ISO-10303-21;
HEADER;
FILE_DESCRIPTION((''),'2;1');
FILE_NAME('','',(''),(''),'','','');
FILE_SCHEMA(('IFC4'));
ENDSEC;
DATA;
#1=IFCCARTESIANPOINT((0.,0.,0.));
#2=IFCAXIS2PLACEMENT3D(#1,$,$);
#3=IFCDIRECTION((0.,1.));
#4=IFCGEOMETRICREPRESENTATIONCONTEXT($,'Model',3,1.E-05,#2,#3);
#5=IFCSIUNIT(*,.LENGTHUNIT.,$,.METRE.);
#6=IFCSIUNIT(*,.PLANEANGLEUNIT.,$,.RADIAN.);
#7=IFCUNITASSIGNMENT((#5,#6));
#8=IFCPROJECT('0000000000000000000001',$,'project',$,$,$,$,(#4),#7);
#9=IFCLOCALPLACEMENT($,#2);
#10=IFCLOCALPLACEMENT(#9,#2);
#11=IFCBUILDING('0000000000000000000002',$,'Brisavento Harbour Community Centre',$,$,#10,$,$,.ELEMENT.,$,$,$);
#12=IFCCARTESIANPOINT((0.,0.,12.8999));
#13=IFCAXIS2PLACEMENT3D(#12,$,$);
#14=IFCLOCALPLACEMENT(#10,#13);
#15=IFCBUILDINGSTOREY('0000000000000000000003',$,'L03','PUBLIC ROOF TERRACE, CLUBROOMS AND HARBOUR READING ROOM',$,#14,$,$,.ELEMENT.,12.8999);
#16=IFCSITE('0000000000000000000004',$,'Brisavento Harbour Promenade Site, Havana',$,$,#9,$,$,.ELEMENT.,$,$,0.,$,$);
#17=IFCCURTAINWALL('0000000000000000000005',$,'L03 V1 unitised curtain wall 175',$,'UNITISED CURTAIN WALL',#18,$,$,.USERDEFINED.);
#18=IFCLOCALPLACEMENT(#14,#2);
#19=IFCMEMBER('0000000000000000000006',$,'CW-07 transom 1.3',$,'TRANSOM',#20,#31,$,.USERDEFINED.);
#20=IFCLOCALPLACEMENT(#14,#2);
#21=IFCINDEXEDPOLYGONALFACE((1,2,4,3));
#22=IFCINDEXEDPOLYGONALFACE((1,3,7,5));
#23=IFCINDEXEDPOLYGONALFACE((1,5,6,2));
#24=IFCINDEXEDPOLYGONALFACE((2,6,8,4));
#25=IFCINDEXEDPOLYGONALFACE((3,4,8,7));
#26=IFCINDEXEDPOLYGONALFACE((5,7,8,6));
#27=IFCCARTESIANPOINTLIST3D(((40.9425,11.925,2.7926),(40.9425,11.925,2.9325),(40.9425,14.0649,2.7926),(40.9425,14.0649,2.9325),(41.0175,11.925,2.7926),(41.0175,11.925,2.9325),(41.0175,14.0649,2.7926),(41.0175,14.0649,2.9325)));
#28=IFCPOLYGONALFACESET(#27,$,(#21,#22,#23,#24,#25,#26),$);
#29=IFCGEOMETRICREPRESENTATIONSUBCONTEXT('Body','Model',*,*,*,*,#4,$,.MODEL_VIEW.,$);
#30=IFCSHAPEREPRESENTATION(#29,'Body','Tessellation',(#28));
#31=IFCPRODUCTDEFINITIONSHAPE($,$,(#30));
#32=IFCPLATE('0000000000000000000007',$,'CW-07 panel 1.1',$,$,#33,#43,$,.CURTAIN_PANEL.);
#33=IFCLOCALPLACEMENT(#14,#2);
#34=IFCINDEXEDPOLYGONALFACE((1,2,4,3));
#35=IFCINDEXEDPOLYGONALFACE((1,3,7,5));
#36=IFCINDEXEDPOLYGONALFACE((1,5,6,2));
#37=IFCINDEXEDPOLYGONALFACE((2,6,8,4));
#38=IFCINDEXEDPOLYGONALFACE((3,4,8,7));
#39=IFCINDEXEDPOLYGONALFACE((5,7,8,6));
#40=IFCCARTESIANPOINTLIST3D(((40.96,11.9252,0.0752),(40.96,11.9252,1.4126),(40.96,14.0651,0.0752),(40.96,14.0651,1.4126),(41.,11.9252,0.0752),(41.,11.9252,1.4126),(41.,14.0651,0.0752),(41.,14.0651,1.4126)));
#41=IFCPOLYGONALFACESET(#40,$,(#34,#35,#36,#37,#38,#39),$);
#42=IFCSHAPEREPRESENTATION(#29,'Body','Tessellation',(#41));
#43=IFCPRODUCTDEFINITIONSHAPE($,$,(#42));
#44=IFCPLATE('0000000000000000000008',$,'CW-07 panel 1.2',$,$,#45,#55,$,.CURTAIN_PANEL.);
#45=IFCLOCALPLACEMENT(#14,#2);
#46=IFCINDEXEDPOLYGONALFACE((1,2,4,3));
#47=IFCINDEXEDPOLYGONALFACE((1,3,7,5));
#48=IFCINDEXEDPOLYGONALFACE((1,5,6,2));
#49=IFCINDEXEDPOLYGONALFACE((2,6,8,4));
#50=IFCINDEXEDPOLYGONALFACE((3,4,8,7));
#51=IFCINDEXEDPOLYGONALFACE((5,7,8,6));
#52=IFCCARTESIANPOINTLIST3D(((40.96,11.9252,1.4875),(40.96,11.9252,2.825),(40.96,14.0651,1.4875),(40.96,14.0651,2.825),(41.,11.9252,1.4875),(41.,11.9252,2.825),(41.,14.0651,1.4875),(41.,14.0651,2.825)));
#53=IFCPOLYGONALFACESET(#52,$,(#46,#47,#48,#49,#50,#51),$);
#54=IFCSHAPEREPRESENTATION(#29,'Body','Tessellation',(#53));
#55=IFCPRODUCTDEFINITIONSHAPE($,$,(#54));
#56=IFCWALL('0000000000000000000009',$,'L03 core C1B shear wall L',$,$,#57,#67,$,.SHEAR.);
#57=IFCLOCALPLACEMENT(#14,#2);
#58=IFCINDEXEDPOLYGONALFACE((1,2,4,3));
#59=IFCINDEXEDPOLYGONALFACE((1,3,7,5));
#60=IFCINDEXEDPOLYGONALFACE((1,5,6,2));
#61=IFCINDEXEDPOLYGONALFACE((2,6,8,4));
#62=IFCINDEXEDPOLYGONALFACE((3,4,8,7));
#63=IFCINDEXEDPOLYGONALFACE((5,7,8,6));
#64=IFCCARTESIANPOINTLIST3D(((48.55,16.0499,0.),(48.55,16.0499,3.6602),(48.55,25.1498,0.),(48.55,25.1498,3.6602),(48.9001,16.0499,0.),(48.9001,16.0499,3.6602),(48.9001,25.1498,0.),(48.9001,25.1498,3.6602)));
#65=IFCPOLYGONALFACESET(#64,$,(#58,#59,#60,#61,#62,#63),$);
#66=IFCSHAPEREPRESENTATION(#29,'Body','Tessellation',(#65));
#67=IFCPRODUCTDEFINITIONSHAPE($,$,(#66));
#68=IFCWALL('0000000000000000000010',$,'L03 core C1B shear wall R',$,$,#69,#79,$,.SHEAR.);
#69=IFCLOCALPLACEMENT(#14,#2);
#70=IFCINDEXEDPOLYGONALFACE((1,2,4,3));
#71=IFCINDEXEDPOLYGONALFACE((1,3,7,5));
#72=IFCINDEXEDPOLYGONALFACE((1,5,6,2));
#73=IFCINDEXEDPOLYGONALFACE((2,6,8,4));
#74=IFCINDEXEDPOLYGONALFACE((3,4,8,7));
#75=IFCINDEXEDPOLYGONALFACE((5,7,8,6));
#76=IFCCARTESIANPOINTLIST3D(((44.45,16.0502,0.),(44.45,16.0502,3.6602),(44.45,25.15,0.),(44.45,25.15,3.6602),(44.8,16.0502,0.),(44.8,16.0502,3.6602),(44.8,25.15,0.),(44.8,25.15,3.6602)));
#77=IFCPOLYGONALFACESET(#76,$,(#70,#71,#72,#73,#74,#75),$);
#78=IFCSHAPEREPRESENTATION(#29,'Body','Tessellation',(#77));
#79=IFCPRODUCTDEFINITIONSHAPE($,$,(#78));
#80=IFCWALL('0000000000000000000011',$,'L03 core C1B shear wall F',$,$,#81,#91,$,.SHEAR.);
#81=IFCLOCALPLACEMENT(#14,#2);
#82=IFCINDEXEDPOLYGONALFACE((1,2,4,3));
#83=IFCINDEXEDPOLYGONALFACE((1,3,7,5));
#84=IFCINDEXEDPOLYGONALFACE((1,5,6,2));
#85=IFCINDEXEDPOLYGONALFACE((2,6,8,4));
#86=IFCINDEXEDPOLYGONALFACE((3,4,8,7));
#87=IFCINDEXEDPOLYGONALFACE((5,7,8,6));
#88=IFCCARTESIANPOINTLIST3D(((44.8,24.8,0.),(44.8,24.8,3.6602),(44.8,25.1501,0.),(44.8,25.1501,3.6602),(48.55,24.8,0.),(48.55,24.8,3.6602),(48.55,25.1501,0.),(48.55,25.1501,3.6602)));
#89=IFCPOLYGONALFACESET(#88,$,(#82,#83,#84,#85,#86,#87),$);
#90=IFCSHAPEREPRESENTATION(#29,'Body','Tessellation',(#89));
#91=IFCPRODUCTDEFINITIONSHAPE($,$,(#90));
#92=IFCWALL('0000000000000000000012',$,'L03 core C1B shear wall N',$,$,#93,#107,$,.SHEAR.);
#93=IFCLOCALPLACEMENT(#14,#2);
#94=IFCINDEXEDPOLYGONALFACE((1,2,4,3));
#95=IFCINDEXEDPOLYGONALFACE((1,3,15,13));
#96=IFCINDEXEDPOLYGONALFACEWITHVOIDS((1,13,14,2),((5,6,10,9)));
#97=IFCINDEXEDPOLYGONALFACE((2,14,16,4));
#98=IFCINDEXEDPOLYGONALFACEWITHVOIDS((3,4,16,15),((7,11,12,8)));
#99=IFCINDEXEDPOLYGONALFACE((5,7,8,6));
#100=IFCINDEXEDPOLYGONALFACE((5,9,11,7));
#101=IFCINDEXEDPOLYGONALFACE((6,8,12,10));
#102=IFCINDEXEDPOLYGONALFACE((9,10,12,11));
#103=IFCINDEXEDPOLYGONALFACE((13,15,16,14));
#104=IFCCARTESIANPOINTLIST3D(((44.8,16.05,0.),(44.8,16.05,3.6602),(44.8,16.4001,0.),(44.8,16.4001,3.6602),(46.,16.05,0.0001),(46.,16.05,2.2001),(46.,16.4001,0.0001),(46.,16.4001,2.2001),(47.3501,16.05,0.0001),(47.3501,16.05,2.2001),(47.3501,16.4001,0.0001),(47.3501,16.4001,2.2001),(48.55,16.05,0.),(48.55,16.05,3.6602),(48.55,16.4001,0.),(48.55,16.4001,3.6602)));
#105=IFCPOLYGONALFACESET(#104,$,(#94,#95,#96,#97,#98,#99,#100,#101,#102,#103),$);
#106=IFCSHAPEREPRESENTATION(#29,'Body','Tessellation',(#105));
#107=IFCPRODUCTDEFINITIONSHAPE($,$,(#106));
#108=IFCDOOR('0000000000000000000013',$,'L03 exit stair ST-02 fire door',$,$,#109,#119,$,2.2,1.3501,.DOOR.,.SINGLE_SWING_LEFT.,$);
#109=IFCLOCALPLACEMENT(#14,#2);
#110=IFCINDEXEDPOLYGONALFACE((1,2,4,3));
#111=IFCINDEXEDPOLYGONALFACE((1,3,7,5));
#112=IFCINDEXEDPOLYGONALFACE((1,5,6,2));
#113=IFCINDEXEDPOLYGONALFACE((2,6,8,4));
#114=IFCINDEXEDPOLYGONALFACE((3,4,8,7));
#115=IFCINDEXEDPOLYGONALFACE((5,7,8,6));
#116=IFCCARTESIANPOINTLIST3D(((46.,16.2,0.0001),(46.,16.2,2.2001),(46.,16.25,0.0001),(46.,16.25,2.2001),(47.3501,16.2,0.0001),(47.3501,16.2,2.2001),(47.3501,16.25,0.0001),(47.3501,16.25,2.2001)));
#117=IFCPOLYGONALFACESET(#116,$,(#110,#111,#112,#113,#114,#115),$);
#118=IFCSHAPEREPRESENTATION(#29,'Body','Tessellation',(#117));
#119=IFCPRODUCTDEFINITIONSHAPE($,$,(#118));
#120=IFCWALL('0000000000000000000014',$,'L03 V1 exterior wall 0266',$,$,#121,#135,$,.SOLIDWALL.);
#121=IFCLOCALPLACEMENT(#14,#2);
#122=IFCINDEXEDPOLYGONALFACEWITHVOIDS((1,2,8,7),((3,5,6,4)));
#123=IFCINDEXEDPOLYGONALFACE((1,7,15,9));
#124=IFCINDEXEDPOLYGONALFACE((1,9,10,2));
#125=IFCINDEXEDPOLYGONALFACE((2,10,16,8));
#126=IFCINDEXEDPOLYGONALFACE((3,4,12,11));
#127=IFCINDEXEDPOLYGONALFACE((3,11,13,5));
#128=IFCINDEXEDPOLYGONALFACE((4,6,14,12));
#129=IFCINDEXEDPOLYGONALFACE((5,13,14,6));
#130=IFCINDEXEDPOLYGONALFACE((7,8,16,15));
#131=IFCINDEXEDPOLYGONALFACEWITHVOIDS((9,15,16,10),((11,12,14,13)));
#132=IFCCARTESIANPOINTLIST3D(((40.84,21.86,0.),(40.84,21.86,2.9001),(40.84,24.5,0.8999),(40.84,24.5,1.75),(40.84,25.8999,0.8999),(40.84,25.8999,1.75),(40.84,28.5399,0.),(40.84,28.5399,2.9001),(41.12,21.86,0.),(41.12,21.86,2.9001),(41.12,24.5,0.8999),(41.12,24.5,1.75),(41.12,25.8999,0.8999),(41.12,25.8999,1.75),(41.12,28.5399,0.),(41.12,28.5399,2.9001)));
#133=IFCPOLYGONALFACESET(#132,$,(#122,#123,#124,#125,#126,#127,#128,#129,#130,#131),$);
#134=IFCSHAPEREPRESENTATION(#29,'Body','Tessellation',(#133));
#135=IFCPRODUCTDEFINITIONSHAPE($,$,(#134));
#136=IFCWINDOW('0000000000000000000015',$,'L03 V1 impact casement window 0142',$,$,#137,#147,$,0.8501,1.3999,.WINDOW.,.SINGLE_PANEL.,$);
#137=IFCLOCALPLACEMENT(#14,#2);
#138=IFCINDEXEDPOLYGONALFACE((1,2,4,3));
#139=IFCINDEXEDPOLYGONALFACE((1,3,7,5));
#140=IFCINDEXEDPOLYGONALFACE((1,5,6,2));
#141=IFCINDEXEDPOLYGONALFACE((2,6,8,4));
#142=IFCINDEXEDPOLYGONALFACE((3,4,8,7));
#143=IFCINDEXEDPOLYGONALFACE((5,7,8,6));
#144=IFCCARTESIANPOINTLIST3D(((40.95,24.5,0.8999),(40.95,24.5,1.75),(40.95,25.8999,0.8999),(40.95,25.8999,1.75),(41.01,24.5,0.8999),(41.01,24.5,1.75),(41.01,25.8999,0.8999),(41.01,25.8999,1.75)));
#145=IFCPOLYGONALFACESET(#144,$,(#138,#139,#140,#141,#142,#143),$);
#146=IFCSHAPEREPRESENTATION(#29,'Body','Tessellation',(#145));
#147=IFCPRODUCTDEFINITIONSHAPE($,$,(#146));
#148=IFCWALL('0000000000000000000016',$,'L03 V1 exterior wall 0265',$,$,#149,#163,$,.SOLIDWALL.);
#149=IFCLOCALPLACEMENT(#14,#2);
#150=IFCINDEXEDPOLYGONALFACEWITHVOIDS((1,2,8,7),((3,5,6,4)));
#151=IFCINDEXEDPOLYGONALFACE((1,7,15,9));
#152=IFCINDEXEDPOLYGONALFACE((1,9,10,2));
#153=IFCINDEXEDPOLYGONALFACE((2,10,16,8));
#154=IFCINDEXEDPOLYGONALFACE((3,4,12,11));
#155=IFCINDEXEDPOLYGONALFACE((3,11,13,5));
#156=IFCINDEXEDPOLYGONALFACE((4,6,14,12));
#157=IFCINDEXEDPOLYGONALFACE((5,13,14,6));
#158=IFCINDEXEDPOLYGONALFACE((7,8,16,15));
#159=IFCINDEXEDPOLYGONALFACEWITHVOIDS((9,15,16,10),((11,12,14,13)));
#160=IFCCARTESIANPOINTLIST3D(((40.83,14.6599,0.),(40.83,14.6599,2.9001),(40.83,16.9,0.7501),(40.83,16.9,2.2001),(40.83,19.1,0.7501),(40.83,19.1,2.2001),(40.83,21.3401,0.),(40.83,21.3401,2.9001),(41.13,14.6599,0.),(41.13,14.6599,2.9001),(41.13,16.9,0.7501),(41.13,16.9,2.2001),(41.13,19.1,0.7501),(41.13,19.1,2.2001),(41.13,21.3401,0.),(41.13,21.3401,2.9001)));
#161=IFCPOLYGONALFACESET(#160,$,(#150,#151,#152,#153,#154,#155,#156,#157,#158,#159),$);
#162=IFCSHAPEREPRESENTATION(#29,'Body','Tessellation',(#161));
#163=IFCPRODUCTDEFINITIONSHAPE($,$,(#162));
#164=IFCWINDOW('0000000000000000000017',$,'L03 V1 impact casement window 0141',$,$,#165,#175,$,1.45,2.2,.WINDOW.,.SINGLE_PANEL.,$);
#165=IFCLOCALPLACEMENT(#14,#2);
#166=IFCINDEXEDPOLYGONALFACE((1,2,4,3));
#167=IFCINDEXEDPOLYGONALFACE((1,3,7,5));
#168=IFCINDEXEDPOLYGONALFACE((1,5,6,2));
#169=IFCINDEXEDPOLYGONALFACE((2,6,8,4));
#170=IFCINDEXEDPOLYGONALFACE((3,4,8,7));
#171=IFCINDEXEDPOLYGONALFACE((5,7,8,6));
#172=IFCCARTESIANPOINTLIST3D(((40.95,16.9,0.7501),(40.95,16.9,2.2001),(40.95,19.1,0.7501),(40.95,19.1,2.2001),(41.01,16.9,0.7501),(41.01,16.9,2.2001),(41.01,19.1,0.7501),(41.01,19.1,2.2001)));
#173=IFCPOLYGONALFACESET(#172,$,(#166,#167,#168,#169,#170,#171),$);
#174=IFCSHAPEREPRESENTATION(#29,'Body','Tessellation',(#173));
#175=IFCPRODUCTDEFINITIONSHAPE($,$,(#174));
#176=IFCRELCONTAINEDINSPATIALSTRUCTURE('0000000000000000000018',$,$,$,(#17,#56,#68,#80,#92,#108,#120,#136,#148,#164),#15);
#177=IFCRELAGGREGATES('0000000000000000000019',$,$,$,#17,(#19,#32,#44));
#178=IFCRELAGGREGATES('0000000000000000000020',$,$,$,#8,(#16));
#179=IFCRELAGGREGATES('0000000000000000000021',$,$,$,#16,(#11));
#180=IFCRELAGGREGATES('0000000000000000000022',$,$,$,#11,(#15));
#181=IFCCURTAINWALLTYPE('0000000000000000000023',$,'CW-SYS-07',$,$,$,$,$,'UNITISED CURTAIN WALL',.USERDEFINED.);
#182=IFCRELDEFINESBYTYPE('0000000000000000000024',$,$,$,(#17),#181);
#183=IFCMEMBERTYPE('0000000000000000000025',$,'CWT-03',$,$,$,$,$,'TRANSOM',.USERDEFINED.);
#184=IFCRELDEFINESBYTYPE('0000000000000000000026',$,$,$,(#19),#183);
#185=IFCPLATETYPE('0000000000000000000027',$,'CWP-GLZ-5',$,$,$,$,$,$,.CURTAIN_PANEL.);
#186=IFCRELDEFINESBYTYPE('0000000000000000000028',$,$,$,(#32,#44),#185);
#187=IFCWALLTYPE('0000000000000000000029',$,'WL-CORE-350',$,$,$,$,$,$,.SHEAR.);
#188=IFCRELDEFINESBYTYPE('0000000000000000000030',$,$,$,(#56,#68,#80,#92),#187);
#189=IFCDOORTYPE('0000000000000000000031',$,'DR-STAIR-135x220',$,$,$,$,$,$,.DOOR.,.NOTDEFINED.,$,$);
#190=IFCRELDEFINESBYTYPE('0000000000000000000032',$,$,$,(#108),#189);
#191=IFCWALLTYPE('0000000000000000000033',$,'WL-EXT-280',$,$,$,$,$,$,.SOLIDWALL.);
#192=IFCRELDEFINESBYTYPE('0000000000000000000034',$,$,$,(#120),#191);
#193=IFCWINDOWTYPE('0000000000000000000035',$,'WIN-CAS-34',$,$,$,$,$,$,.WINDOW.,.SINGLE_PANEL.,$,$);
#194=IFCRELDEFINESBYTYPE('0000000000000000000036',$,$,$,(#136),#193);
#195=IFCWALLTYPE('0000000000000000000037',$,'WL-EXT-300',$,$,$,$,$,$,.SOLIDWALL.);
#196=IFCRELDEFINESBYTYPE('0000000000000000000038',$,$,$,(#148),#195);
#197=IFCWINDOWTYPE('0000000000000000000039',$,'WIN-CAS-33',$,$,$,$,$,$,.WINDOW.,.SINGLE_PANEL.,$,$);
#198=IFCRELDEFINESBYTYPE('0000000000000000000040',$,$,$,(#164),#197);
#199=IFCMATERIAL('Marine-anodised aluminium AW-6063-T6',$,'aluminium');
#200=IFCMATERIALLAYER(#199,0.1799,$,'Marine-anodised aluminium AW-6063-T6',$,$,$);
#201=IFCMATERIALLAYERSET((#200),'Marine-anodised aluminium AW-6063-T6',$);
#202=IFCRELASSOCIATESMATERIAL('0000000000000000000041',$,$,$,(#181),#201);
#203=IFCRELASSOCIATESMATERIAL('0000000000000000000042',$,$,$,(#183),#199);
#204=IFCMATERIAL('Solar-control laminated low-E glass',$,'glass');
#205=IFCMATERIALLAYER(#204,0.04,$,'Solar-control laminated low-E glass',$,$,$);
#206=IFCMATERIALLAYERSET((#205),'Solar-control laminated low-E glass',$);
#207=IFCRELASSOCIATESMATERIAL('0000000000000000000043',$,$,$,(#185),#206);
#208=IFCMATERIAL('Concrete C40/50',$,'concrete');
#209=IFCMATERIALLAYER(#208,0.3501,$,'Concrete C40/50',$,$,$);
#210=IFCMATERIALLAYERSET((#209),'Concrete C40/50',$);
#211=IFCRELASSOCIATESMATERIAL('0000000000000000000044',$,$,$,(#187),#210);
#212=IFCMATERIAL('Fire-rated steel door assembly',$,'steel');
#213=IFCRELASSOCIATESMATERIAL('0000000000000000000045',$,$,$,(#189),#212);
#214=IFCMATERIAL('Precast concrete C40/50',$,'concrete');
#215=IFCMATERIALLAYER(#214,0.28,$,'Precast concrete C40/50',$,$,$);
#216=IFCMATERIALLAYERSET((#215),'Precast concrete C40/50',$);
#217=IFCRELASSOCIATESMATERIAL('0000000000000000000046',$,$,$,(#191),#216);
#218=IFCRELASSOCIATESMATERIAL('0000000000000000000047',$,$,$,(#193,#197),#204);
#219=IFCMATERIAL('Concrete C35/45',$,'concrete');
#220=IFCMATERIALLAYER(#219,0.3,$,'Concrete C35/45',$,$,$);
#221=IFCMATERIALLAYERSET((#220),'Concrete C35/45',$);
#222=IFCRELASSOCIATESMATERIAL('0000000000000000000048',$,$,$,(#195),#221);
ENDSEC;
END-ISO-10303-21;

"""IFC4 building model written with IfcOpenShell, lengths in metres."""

from ifc_helpers import new_model, si_unit, direction, frame, frame_2d, origin, origin_2d, place, context, subcontext, project, spatial, rectangle, extrude, material, layer, layer_set, material_profile, profile_set, type_object, element, fill, aggregate, save


model = new_model("IFC4")

# Units and contexts
model_context = context("Model", 3, precision=1e-05, world=origin(), true_north=direction((0.0, 1.0)))
body_context = subcontext(model_context, "Body", "Model", "MODEL_VIEW")
ifc_project = project(units=[si_unit("LENGTHUNIT", "METRE"), si_unit("PLANEANGLEUNIT", "RADIAN")], contexts=[model_context])

# Site, building, storey
site_placement = place(None, origin())
site = spatial("IfcSite", under=ifc_project, at=site_placement, Name="Brisavento Harbour Promenade Site, Havana", CompositionType="ELEMENT", RefElevation=0.0)
building_placement = place(site_placement, origin())
building = spatial("IfcBuilding", under=site, at=building_placement, Name="Brisavento Harbour Community Centre", CompositionType="ELEMENT")
storey_placement = place(building_placement, frame((0.0, 0.0, 12.8999)))
storey = spatial("IfcBuildingStorey", under=building, at=storey_placement, Name="L03", Description="PUBLIC ROOF TERRACE, CLUBROOMS AND HARBOUR READING ROOM", CompositionType="ELEMENT", Elevation=12.8999)

# Shared definitions
ifc_material_1 = material(Name="Concrete C35/45", Category="concrete")

# Shared definitions
ifc_material_2 = material(Name="Marine-anodised aluminium AW-6063-T6", Category="aluminium")

# Curtain wall
ifc_layer_1 = layer(ifc_material_2, 0.1799, Name="Marine-anodised aluminium AW-6063-T6")
ifc_layer_set_1 = layer_set([ifc_layer_1], Name="Marine-anodised aluminium AW-6063-T6")
curtain_wall_type_1 = type_object("IfcCurtainWallType", Name="CW-SYS-07", ElementType="UNITISED CURTAIN WALL", PredefinedType="USERDEFINED", material=ifc_layer_set_1)
curtain_wall_1_placement = place(storey_placement, origin())
curtain_wall_1 = element("IfcCurtainWall", 1, at=curtain_wall_1_placement, inside=storey, type_object=curtain_wall_type_1, Name="L03 V1 unitised curtain wall 175", ObjectType="UNITISED CURTAIN WALL", PredefinedType="USERDEFINED")

# Member
ifc_material_profile_1 = material_profile(ifc_material_2, rectangle(XDim=0.075, YDim=0.1399, at=origin_2d()), Name="Marine-anodised aluminium AW-6063-T6")
ifc_profile_set_1 = profile_set([ifc_material_profile_1], Name="Marine-anodised aluminium AW-6063-T6")
member_type_1 = type_object("IfcMemberType", Name="CWT-03", ElementType="TRANSOM", PredefinedType="USERDEFINED", material=ifc_profile_set_1)
member_1_placement = place(storey_placement, frame((40.98, 11.925, 2.8625), z_axis=(0.0, 1.0, 0.0), x_axis=(-1.0, 0.0, 0.0)))
member_1 = element("IfcMember", 2, at=member_1_placement, type_object=member_type_1, Name="CW-07 transom 1.3", ObjectType="TRANSOM", PredefinedType="USERDEFINED", context=body_context, shape_type="SweptSolid", body=[
    extrude(rectangle(XDim=0.075, YDim=0.1399, at=origin_2d()), origin(), (0.0, 0.0, 1.0), 2.1399),
])

# Plates
ifc_material_3 = material(Name="Solar-control laminated low-E glass", Category="glass")
ifc_layer_2 = layer(ifc_material_3, 0.04, Name="Solar-control laminated low-E glass")
ifc_layer_set_2 = layer_set([ifc_layer_2], Name="Solar-control laminated low-E glass")
plate_type = type_object("IfcPlateType", Name="CWP-GLZ-5", PredefinedType="CURTAIN_PANEL", material=ifc_layer_set_2)
plate_1_placement = place(storey_placement, frame((40.98, 12.9951, 0.0752), z_axis=(0.0, 0.0, 1.0), x_axis=(0.0, 1.0, 0.0)))
plate_1 = element("IfcPlate", 3, at=plate_1_placement, type_object=plate_type, Name="CW-07 panel 1.1", PredefinedType="CURTAIN_PANEL", context=body_context, shape_type="SweptSolid", body=[
    extrude(rectangle(XDim=2.1399, YDim=0.04, at=origin_2d()), origin(), (0.0, 0.0, 1.0), 1.3374),
])
plate_2_placement = place(storey_placement, frame((40.98, 12.9951, 1.4875), z_axis=(0.0, 0.0, 1.0), x_axis=(0.0, 1.0, 0.0)))
plate_2 = element("IfcPlate", 4, at=plate_2_placement, type_object=plate_type, Name="CW-07 panel 1.2", PredefinedType="CURTAIN_PANEL", context=body_context, shape_type="SweptSolid", body=[
    extrude(rectangle(XDim=2.1399, YDim=0.04, at=origin_2d()), origin(), (0.0, 0.0, 1.0), 1.3374),
])
aggregate(curtain_wall_1, [member_1, plate_1, plate_2])

# Walls
ifc_material_4 = material(Name="Concrete C40/50", Category="concrete")
ifc_layer_3 = layer(ifc_material_4, 0.3501, Name="Concrete C40/50")
ifc_layer_set_3 = layer_set([ifc_layer_3], Name="Concrete C40/50")
wall_type_1 = type_object("IfcWallType", Name="WL-CORE-350", PredefinedType="SHEAR", material=ifc_layer_set_3)
for number, where, z_axis, x_axis, name in (
    (5, (48.7251, 16.05, 0.0), (0.0, 0.0, 1.0), (0.0, 1.0, 0.0), "L03 core C1B shear wall L"),
    (6, (44.625, 25.1499, 0.0), (0.0, 0.0, 1.0), (0.0, -1.0, 0.0), "L03 core C1B shear wall R"),
):
    element("IfcWall", number, at=place(storey_placement, frame(where, z_axis=z_axis, x_axis=x_axis)), inside=storey, type_object=wall_type_1, Name=name, PredefinedType="SHEAR", context=body_context, shape_type="SweptSolid", body=[
        extrude(rectangle(XDim=9.0999, YDim=0.3501, at=frame_2d((4.5498, 0.0))), origin(), (0.0, 0.0, 1.0), 3.6602),
    ])
wall_1_placement = place(storey_placement, frame((48.55, 24.9751, 0.0), z_axis=(0.0, 0.0, 1.0), x_axis=(-1.0, 0.0, 0.0)))
element("IfcWall", 7, at=wall_1_placement, inside=storey, type_object=wall_type_1, Name="L03 core C1B shear wall F", PredefinedType="SHEAR", context=body_context, shape_type="SweptSolid", body=[
    extrude(rectangle(XDim=3.75, YDim=0.3501, at=frame_2d((1.875, 0.0))), origin(), (0.0, 0.0, 1.0), 3.6602),
])

# Wall, opening, door
wall_2_placement = place(storey_placement, frame((44.8, 16.2251, 0.0), z_axis=(0.0, 0.0, 1.0), x_axis=(1.0, 0.0, 0.0)))
wall_2 = element("IfcWall", 8, at=wall_2_placement, inside=storey, type_object=wall_type_1, Name="L03 core C1B shear wall N", PredefinedType="SHEAR", context=body_context, shape_type="SweptSolid", body=[
    extrude(rectangle(XDim=3.75, YDim=0.3501, at=frame_2d((1.875, 0.0))), origin(), (0.0, 0.0, 1.0), 3.6602),
])
opening_1_placement = place(wall_2_placement, frame((1.2, 0.0, 0.0)))
opening_1 = element("IfcOpeningElement", 9, at=opening_1_placement, cuts=wall_2, PredefinedType="OPENING", context=body_context, shape_type="SweptSolid", body=[
    extrude(rectangle(XDim=1.3501, YDim=2.2, at=frame_2d((0.675, 1.1001))), frame((0.0, 0.1851, 0.0), z_axis=(0.0, -1.0, 0.0), x_axis=(1.0, 0.0, 0.0)), (0.0, 0.0, 1.0), 0.3701),
])
ifc_material_5 = material(Name="Fire-rated steel door assembly", Category="steel")
door_type_1 = type_object("IfcDoorType", Name="DR-STAIR-135x220", OperationType="NOTDEFINED", PredefinedType="DOOR", material=ifc_material_5)
door_1_placement = place(opening_1_placement, origin())
door_1 = element("IfcDoor", 10, at=door_1_placement, inside=storey, type_object=door_type_1, Name="L03 exit stair ST-02 fire door", OperationType="SINGLE_SWING_LEFT", OverallHeight=2.2, OverallWidth=1.3501, PredefinedType="DOOR", context=body_context, shape_type="SweptSolid", body=[
    extrude(rectangle(XDim=1.3501, YDim=2.2, at=frame_2d((0.675, 1.1001))), frame((0.0, 0.0249, 0.0), z_axis=(0.0, -1.0, 0.0), x_axis=(1.0, 0.0, 0.0)), (0.0, 0.0, 1.0), 0.05),
])
fill(opening_1, door_1)

# Walls, openings, windows
ifc_material_6 = material(Name="Precast concrete C40/50", Category="concrete")
ifc_layer_4 = layer(ifc_material_6, 0.28, Name="Precast concrete C40/50")
ifc_layer_set_4 = layer_set([ifc_layer_4], Name="Precast concrete C40/50")
wall_type_2 = type_object("IfcWallType", Name="WL-EXT-280", PredefinedType="SOLIDWALL", material=ifc_layer_set_4)
wall_3_placement = place(storey_placement, frame((40.98, 21.8601, 0.0), z_axis=(0.0, 0.0, 1.0), x_axis=(0.0, 1.0, 0.0)))
wall_3 = element("IfcWall", 11, at=wall_3_placement, inside=storey, type_object=wall_type_2, Name="L03 V1 exterior wall 0266", PredefinedType="SOLIDWALL", context=body_context, shape_type="SweptSolid", body=[
    extrude(rectangle(XDim=6.6799, YDim=0.28, at=frame_2d((3.3398, 0.0))), origin(), (0.0, 0.0, 1.0), 2.9001),
])
opening_2_placement = place(wall_3_placement, frame((2.6399, 0.0, 0.8999)))
opening_2 = element("IfcOpeningElement", 12, at=opening_2_placement, cuts=wall_3, PredefinedType="OPENING", context=body_context, shape_type="SweptSolid", body=[
    extrude(rectangle(XDim=1.3999, YDim=0.8501, at=frame_2d((0.7, 0.425))), frame((0.0, 0.1499, 0.0), z_axis=(0.0, -1.0, 0.0), x_axis=(1.0, 0.0, 0.0)), (0.0, 0.0, 1.0), 0.3),
])
window_type_1 = type_object("IfcWindowType", Name="WIN-CAS-34", PartitioningType="SINGLE_PANEL", PredefinedType="WINDOW", material=ifc_material_3)
window_1_placement = place(opening_2_placement, origin())
window_1 = element("IfcWindow", 13, at=window_1_placement, inside=storey, type_object=window_type_1, Name="L03 V1 impact casement window 0142", OverallHeight=0.8501, OverallWidth=1.3999, PartitioningType="SINGLE_PANEL", PredefinedType="WINDOW", context=body_context, shape_type="SweptSolid", body=[
    extrude(rectangle(XDim=1.3999, YDim=0.8501, at=frame_2d((0.7, 0.425))), frame((0.0, 0.03, 0.0), z_axis=(0.0, -1.0, 0.0), x_axis=(1.0, 0.0, 0.0)), (0.0, 0.0, 1.0), 0.0601),
])
fill(opening_2, window_1)
ifc_layer_5 = layer(ifc_material_1, 0.3, Name="Concrete C35/45")
ifc_layer_set_5 = layer_set([ifc_layer_5], Name="Concrete C35/45")
wall_type_3 = type_object("IfcWallType", Name="WL-EXT-300", PredefinedType="SOLIDWALL", material=ifc_layer_set_5)
wall_4_placement = place(storey_placement, frame((40.98, 14.6599, 0.0), z_axis=(0.0, 0.0, 1.0), x_axis=(0.0, 1.0, 0.0)))
wall_4 = element("IfcWall", 14, at=wall_4_placement, inside=storey, type_object=wall_type_3, Name="L03 V1 exterior wall 0265", PredefinedType="SOLIDWALL", context=body_context, shape_type="SweptSolid", body=[
    extrude(rectangle(XDim=6.6802, YDim=0.3, at=frame_2d((3.3401, 0.0))), origin(), (0.0, 0.0, 1.0), 2.9001),
])
opening_3_placement = place(wall_4_placement, frame((2.24, 0.0, 0.75)))
opening_3 = element("IfcOpeningElement", 15, at=opening_3_placement, cuts=wall_4, PredefinedType="OPENING", context=body_context, shape_type="SweptSolid", body=[
    extrude(rectangle(XDim=2.2, YDim=1.45, at=frame_2d((1.1001, 0.7251))), frame((0.0, 0.1602, 0.0), z_axis=(0.0, -1.0, 0.0), x_axis=(1.0, 0.0, 0.0)), (0.0, 0.0, 1.0), 0.3201),
])
window_type_2 = type_object("IfcWindowType", Name="WIN-CAS-33", PartitioningType="SINGLE_PANEL", PredefinedType="WINDOW", material=ifc_material_3)
window_2_placement = place(opening_3_placement, origin())
window_2 = element("IfcWindow", 16, at=window_2_placement, inside=storey, type_object=window_type_2, Name="L03 V1 impact casement window 0141", OverallHeight=1.45, OverallWidth=2.2, PartitioningType="SINGLE_PANEL", PredefinedType="WINDOW", context=body_context, shape_type="SweptSolid", body=[
    extrude(rectangle(XDim=2.2, YDim=1.45, at=frame_2d((1.1001, 0.7251))), frame((0.0, 0.03, 0.0), z_axis=(0.0, -1.0, 0.0), x_axis=(1.0, 0.0, 0.0)), (0.0, 0.0, 1.0), 0.0601),
])
fill(opening_3, window_2)

save(model, "model.ifc")
